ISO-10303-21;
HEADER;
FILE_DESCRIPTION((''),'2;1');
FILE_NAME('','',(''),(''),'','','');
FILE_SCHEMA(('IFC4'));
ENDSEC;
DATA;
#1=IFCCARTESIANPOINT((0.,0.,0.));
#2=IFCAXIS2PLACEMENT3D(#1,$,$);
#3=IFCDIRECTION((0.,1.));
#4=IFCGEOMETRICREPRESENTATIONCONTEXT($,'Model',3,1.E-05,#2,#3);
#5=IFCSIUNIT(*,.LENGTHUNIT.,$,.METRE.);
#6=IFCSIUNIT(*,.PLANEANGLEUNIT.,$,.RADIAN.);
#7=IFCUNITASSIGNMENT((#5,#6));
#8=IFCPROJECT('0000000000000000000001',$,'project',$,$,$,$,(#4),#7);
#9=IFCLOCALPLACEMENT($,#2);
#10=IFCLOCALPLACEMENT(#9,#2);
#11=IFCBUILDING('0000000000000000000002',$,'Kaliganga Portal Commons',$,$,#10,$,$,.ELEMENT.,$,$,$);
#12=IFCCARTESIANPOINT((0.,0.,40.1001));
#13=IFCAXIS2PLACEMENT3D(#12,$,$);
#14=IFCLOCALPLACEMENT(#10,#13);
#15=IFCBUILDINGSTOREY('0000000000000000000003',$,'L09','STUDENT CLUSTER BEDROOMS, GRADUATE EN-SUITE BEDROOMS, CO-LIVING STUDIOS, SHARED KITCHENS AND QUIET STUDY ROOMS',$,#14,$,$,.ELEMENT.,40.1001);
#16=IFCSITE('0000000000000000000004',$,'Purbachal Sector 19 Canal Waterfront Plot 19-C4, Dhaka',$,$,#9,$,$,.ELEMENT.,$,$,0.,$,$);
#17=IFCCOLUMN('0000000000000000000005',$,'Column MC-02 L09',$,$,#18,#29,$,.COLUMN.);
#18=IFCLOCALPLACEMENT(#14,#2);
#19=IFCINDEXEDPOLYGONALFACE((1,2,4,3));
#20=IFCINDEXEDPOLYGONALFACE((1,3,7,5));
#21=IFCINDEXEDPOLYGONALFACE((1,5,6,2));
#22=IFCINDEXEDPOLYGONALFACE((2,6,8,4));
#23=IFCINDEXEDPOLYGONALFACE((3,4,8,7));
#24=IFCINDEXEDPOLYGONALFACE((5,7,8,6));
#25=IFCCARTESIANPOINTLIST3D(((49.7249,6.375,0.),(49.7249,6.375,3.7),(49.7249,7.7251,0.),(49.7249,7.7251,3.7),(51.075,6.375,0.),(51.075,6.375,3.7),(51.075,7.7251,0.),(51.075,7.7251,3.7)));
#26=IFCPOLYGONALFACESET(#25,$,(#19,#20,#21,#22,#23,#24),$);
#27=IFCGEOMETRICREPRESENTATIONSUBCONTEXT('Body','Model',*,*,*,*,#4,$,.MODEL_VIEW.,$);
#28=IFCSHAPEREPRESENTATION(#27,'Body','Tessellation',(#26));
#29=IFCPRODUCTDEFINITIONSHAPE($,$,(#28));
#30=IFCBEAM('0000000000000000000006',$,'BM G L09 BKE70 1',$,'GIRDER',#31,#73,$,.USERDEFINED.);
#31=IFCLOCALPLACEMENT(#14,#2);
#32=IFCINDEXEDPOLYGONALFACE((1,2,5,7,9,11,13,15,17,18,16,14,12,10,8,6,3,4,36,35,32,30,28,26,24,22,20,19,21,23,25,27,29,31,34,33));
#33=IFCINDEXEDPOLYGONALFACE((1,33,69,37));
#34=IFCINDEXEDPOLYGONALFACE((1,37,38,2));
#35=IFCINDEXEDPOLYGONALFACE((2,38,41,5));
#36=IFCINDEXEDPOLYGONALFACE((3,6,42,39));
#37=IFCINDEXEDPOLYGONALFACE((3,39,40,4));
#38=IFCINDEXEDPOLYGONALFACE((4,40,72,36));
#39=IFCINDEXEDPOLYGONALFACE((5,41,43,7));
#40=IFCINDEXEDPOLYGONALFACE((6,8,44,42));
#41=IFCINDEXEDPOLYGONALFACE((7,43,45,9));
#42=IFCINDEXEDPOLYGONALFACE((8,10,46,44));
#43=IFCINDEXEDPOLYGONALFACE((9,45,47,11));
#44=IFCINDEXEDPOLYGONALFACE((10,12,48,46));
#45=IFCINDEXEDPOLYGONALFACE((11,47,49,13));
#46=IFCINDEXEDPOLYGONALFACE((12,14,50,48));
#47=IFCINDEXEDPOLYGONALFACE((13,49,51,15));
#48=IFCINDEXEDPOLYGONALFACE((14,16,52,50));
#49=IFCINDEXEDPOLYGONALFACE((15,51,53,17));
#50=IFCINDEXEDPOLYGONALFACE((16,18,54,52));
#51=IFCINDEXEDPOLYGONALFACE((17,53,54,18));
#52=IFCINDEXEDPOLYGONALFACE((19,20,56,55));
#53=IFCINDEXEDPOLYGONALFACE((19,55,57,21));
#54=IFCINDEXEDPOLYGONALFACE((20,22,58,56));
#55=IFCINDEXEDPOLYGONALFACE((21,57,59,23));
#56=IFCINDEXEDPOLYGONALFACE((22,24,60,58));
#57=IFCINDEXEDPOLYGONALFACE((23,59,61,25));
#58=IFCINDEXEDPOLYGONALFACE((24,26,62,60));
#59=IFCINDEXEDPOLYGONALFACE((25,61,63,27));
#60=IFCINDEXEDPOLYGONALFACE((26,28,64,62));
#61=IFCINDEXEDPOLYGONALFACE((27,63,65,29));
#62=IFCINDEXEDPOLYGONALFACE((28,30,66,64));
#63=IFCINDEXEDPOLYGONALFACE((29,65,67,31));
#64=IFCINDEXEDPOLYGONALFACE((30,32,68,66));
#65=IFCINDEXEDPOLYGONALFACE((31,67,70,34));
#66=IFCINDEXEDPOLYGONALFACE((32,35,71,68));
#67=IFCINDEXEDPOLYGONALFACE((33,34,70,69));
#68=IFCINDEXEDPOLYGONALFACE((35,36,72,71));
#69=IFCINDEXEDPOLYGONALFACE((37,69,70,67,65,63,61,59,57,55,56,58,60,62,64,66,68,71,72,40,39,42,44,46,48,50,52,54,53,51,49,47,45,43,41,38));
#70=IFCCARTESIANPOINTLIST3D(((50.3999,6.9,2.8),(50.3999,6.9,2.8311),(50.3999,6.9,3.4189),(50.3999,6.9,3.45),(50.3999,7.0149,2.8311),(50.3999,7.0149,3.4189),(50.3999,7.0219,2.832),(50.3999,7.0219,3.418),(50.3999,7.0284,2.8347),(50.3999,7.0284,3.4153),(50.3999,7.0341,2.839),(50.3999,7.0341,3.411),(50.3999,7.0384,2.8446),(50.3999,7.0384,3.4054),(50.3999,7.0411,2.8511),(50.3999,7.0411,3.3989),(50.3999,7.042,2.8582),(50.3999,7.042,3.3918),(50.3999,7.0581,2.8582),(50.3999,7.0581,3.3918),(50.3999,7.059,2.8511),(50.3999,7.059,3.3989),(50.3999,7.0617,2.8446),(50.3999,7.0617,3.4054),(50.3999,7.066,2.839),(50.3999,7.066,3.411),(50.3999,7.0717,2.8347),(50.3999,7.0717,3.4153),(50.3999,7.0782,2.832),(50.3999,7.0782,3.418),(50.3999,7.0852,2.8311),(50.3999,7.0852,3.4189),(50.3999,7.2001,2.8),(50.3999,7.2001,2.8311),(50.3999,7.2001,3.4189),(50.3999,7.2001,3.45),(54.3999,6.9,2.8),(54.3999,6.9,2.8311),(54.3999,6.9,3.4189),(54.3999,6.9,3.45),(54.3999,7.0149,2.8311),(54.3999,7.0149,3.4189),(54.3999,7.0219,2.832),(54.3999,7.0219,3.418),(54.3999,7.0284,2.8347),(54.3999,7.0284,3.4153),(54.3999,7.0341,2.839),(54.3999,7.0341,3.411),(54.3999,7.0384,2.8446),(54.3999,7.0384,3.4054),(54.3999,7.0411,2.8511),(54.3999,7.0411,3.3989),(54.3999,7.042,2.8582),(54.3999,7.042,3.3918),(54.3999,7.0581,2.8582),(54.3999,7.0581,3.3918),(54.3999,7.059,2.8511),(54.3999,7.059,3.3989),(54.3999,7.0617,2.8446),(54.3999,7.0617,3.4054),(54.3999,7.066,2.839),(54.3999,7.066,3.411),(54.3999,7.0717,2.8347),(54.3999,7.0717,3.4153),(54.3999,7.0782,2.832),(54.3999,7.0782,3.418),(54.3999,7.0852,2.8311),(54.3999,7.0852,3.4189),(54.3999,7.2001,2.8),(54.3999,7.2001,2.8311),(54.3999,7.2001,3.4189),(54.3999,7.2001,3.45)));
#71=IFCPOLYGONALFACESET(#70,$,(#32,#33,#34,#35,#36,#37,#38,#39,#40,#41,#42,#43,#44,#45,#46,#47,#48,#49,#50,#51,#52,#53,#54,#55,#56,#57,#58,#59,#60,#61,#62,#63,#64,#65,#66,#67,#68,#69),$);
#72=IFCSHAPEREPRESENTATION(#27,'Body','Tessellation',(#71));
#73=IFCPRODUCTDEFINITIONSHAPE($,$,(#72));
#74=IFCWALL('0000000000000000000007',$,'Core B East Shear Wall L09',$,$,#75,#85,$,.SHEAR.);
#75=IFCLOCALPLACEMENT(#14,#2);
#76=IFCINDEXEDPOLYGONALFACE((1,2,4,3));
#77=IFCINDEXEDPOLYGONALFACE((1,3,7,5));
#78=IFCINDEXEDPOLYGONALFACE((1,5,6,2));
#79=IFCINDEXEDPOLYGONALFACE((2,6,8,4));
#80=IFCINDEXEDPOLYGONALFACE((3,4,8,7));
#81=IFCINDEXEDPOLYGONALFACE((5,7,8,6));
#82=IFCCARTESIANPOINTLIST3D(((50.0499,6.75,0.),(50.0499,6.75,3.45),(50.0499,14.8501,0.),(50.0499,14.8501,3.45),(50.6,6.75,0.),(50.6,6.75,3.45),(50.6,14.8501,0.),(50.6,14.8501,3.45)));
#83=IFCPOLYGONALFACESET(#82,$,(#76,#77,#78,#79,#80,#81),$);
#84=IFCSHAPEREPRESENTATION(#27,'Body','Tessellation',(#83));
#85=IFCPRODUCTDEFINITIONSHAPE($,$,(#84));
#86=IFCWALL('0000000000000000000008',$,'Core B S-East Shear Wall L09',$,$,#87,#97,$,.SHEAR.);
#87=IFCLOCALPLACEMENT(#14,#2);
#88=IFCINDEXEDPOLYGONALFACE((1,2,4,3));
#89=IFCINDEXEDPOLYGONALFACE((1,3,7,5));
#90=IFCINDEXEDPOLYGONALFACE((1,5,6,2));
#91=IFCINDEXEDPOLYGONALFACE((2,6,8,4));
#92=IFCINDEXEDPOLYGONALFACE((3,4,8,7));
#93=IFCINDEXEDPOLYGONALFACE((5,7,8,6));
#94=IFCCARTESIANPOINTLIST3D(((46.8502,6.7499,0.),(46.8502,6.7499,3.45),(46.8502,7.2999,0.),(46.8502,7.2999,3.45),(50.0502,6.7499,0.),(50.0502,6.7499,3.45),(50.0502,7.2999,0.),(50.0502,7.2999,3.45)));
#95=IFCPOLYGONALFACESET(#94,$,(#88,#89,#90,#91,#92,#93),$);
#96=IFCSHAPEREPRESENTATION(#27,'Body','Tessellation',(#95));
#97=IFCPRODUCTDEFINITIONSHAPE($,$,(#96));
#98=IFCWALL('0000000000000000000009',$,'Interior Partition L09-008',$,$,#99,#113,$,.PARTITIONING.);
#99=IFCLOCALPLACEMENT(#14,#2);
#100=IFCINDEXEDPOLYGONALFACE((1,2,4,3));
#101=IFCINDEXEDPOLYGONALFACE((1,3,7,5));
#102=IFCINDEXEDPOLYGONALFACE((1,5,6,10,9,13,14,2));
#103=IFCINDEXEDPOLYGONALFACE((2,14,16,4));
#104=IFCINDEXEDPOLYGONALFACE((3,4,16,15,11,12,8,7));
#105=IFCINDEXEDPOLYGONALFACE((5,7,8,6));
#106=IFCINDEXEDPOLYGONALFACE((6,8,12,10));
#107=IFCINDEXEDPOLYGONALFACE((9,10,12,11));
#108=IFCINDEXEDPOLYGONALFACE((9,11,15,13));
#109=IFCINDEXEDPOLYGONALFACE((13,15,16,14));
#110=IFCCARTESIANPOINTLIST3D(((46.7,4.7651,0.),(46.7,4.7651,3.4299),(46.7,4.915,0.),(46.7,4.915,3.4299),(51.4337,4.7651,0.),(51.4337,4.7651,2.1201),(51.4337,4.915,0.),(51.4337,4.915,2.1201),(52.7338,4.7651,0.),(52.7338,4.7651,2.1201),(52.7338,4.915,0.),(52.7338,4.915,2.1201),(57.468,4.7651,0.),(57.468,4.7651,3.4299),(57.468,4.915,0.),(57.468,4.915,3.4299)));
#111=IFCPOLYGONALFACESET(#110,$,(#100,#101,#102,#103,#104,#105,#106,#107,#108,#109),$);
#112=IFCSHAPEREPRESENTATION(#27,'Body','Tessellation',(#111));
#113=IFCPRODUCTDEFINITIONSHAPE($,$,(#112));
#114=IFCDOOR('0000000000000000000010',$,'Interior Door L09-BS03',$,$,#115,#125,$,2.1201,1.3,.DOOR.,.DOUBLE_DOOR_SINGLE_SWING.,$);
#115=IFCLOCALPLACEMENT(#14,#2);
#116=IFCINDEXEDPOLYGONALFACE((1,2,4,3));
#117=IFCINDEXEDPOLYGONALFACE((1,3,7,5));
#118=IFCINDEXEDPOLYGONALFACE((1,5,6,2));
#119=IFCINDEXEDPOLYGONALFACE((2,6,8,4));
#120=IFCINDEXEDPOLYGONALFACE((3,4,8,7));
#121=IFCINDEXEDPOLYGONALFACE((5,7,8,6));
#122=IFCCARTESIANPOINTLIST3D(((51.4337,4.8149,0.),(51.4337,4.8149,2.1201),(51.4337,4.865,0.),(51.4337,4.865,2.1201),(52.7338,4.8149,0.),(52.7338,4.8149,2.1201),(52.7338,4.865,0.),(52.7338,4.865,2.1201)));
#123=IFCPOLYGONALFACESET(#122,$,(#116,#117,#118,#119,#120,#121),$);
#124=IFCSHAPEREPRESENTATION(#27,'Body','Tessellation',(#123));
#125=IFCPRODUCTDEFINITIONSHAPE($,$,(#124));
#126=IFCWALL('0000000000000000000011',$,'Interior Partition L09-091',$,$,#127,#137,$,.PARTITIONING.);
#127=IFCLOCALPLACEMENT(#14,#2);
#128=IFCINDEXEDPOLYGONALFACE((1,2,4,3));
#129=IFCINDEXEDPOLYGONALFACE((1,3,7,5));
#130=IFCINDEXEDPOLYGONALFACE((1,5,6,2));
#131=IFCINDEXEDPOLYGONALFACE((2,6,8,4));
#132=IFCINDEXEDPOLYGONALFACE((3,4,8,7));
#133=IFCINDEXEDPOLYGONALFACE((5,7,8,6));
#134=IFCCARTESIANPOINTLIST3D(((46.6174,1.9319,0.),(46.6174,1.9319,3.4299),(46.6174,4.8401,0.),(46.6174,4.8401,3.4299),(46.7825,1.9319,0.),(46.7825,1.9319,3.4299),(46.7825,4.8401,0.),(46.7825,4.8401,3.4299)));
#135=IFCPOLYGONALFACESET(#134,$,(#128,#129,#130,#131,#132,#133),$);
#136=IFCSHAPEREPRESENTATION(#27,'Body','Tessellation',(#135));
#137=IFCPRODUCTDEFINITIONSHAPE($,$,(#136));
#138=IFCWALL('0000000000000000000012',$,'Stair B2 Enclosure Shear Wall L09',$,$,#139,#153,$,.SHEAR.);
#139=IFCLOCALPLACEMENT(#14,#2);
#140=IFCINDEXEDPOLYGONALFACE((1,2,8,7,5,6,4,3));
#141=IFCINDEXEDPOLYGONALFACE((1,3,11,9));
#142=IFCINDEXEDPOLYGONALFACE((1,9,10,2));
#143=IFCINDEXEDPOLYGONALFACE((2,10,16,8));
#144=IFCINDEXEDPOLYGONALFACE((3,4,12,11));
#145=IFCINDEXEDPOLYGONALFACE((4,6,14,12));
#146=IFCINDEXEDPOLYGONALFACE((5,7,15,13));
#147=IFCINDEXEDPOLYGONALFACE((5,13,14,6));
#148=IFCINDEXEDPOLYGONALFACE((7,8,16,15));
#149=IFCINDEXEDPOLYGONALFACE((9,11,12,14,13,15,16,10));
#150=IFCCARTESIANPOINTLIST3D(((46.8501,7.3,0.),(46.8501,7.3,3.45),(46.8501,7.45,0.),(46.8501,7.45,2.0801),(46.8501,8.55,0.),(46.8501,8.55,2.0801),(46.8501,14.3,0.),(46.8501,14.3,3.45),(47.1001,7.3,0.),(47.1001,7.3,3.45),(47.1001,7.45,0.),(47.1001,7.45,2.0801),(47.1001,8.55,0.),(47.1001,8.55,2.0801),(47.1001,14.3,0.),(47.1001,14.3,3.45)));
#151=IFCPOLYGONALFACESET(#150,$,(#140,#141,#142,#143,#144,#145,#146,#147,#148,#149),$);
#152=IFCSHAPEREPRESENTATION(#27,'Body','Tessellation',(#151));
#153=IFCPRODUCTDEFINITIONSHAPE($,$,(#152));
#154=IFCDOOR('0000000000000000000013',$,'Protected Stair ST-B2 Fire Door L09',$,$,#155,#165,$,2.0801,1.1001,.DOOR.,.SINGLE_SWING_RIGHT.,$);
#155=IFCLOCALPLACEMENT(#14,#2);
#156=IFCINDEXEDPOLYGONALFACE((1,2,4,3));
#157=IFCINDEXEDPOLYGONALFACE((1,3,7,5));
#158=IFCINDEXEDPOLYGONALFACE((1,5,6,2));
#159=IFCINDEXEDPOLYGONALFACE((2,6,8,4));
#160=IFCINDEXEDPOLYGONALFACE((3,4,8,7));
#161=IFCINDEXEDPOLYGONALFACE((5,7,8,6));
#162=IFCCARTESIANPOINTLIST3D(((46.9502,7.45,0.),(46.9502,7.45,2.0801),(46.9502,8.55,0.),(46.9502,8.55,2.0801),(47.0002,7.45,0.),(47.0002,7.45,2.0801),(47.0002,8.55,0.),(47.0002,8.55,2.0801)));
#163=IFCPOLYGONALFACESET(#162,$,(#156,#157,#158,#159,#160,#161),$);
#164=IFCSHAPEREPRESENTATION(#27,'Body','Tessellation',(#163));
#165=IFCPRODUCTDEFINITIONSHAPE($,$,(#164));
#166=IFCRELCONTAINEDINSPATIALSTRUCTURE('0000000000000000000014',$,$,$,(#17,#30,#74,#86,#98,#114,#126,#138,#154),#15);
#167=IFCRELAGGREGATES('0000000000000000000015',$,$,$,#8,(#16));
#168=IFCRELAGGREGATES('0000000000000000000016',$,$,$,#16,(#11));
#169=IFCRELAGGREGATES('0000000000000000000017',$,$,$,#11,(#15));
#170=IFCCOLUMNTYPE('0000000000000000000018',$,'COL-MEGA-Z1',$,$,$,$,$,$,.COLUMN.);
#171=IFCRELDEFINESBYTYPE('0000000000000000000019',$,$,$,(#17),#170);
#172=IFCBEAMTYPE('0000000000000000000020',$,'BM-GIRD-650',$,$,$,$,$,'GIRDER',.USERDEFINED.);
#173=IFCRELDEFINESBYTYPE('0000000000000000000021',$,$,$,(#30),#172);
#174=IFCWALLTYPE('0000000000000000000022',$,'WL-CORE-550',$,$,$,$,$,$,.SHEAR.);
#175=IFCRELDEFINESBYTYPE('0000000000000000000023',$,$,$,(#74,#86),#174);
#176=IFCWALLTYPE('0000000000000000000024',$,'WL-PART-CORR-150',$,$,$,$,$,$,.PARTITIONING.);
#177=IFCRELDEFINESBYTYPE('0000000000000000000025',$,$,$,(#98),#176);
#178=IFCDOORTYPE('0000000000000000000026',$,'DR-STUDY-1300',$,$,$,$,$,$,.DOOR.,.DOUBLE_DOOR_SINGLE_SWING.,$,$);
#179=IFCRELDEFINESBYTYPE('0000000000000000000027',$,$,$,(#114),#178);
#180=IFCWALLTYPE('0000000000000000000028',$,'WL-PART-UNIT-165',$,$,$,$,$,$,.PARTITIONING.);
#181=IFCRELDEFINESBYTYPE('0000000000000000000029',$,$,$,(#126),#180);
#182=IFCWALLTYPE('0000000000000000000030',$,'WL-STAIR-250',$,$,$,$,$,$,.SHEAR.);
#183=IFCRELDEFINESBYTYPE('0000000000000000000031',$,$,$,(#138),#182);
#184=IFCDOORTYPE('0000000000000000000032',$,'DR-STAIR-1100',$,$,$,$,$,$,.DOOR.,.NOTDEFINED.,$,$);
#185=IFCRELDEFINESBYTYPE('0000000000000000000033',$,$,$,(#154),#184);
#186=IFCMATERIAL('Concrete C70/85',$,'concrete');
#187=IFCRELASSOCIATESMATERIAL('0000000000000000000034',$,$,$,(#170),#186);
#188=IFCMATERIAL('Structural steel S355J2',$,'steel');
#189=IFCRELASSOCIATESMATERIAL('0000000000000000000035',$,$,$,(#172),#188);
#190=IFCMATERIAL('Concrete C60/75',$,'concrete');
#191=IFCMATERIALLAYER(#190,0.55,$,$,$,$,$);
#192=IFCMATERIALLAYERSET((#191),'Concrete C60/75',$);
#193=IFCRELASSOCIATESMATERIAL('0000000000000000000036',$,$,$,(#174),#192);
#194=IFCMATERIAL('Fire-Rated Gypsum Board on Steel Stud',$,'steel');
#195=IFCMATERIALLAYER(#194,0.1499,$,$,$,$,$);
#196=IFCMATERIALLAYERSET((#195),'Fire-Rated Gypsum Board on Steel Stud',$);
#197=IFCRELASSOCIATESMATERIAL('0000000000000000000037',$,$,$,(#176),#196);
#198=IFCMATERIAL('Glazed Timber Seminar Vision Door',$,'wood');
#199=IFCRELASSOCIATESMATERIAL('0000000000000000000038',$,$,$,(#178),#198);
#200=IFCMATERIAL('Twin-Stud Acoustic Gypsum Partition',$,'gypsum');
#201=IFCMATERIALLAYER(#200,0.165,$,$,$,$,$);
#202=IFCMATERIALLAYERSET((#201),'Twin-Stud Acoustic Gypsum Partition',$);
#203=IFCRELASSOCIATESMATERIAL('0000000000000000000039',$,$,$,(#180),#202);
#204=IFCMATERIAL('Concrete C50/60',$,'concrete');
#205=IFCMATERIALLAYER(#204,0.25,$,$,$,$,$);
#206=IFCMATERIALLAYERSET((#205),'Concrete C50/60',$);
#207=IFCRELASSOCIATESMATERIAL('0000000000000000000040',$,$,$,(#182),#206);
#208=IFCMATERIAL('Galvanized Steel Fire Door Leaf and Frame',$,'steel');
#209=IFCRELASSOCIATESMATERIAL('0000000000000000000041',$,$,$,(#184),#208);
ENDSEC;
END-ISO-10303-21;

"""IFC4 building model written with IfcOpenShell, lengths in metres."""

from ifc_helpers import new_model, si_unit, direction, frame, frame_2d, origin, origin_2d, place, context, subcontext, project, spatial, rectangle, i_section, extrude, source, transform, mapped, material, layer, layer_set, material_profile, profile_set, type_object, element, fill, save


model = new_model("IFC4")

# Units and contexts
model_context = context("Model", 3, precision=1e-05, world=origin(), true_north=direction((0.0, 1.0)))
body_context = subcontext(model_context, "Body", "Model", "MODEL_VIEW")
ifc_project = project(units=[si_unit("LENGTHUNIT", "METRE"), si_unit("PLANEANGLEUNIT", "RADIAN")], contexts=[model_context])

# Site, building, storey
site_placement = place(None, origin())
site = spatial("IfcSite", under=ifc_project, at=site_placement, Name="Purbachal Sector 19 Canal Waterfront Plot 19-C4, Dhaka", CompositionType="ELEMENT", RefElevation=0.0)
building_placement = place(site_placement, origin())
building = spatial("IfcBuilding", under=site, at=building_placement, Name="Kaliganga Portal Commons", CompositionType="ELEMENT")
storey_placement = place(building_placement, frame((0.0, 0.0, 40.1001)))
storey = spatial("IfcBuildingStorey", under=building, at=storey_placement, Name="L09", Description="STUDENT CLUSTER BEDROOMS, GRADUATE EN-SUITE BEDROOMS, CO-LIVING STUDIOS, SHARED KITCHENS AND QUIET STUDY ROOMS", CompositionType="ELEMENT", Elevation=40.1001)

# Column
ifc_material_1 = material(Name="Concrete C70/85", Category="concrete")
ifc_material_profile_1 = material_profile(ifc_material_1, rectangle(XDim=1.3501, YDim=1.3501, at=origin_2d()), Name="RC 1350x1350")
ifc_profile_set_1 = profile_set([ifc_material_profile_1], Name="Concrete C70/85")
column_type = type_object("IfcColumnType", Name="COL-MEGA-Z1", PredefinedType="COLUMN", material=ifc_profile_set_1)
shared_shape_1 = source(origin(), body_context, "Body", "SweptSolid", [
    extrude(rectangle(XDim=1.3501, YDim=1.3501, at=origin_2d()), origin(), (0.0, 0.0, 1.0), 3.7),
])
column_placement = place(storey_placement, frame((50.3999, 7.05, 0.0), z_axis=(0.0, 0.0, 1.0), x_axis=(1.0, 0.0, 0.0)))
element("IfcColumn", 1, at=column_placement, inside=storey, type_object=column_type, Name="Column MC-02 L09", PredefinedType="COLUMN", context=body_context, shape_type="MappedRepresentation", body=[
    mapped(shared_shape_1, transform((0.0, 0.0, 0.0), x_axis=(1.0, 0.0, 0.0), y_axis=(0.0, 1.0, 0.0), z_axis=(0.0, 0.0, 1.0), scale=1.0)),
])

# Beam
ifc_material_2 = material(Name="Structural steel S355J2", Category="steel")
ifc_material_profile_2 = material_profile(ifc_material_2, i_section(OverallWidth=0.3, OverallDepth=0.6499, WebThickness=0.0161, FlangeThickness=0.031, FilletRadius=0.0271, at=origin_2d()), Name="HE 650 B")
ifc_profile_set_2 = profile_set([ifc_material_profile_2], Name="Structural steel S355J2 wide-flange")
beam_type = type_object("IfcBeamType", Name="BM-GIRD-650", ElementType="GIRDER", PredefinedType="USERDEFINED", material=ifc_profile_set_2)
shared_shape_2 = source(origin(), body_context, "Body", "SweptSolid", [
    extrude(i_section(OverallWidth=0.3, OverallDepth=0.6499, WebThickness=0.0161, FlangeThickness=0.031, FilletRadius=0.0271, at=origin_2d()), origin(), (0.0, 0.0, 1.0), 4.0),
])
beam_placement = place(storey_placement, frame((50.3999, 7.05, 3.125), z_axis=(1.0, 0.0, 0.0), x_axis=(0.0, 1.0, 0.0)))
element("IfcBeam", 2, at=beam_placement, inside=storey, type_object=beam_type, Name="BM G L09 BKE70 1", ObjectType="GIRDER", PredefinedType="USERDEFINED", context=body_context, shape_type="MappedRepresentation", body=[
    mapped(shared_shape_2, transform((0.0, 0.0, 0.0), x_axis=(1.0, 0.0, 0.0), y_axis=(0.0, 1.0, 0.0), z_axis=(0.0, 0.0, 1.0), scale=1.0)),
])

# Walls
ifc_material_3 = material(Name="Concrete C60/75", Category="concrete")
ifc_layer_1 = layer(ifc_material_3, 0.55)
ifc_layer_set_1 = layer_set([ifc_layer_1], Name="Concrete C60/75")
wall_type_1 = type_object("IfcWallType", Name="WL-CORE-550", PredefinedType="SHEAR", material=ifc_layer_set_1)
wall_1_placement = place(storey_placement, frame((50.325, 6.75, 0.0), z_axis=(0.0, 0.0, 1.0), x_axis=(0.0, 1.0, 0.0)))
element("IfcWall", 3, at=wall_1_placement, inside=storey, type_object=wall_type_1, Name="Core B East Shear Wall L09", PredefinedType="SHEAR", context=body_context, shape_type="SweptSolid", body=[
    extrude(rectangle(XDim=8.1001, YDim=0.55, at=frame_2d((4.05, 0.0))), origin(), (0.0, 0.0, 1.0), 3.45),
])
wall_2_placement = place(storey_placement, frame((46.8501, 7.0249, 0.0), z_axis=(0.0, 0.0, 1.0), x_axis=(1.0, 0.0, 0.0)))
element("IfcWall", 4, at=wall_2_placement, inside=storey, type_object=wall_type_1, Name="Core B S-East Shear Wall L09", PredefinedType="SHEAR", context=body_context, shape_type="SweptSolid", body=[
    extrude(rectangle(XDim=3.2, YDim=0.55, at=frame_2d((1.6001, 0.0))), origin(), (0.0, 0.0, 1.0), 3.45),
])

# Wall, opening, door
ifc_material_4 = material(Name="Fire-Rated Gypsum Board on Steel Stud", Category="steel")
ifc_layer_2 = layer(ifc_material_4, 0.1499)
ifc_layer_set_2 = layer_set([ifc_layer_2], Name="Fire-Rated Gypsum Board on Steel Stud")
wall_type_2 = type_object("IfcWallType", Name="WL-PART-CORR-150", PredefinedType="PARTITIONING", material=ifc_layer_set_2)
wall_3_placement = place(storey_placement, frame((46.7, 4.8401, 0.0), z_axis=(0.0, 0.0, 1.0), x_axis=(1.0, 0.0, 0.0)))
wall_3 = element("IfcWall", 5, at=wall_3_placement, inside=storey, type_object=wall_type_2, Name="Interior Partition L09-008", PredefinedType="PARTITIONING", context=body_context, shape_type="SweptSolid", body=[
    extrude(rectangle(XDim=10.7681, YDim=0.1499, at=frame_2d((5.384, 0.0))), origin(), (0.0, 0.0, 1.0), 3.4299),
])
opening_1_placement = place(wall_3_placement, frame((4.7339, 0.0, 0.0)))
opening_1 = element("IfcOpeningElement", 6, at=opening_1_placement, cuts=wall_3, PredefinedType="OPENING", context=body_context, shape_type="SweptSolid", body=[
    extrude(rectangle(XDim=1.3, YDim=2.1201, at=frame_2d((0.6499, 1.0601))), frame((0.0, 0.085, 0.0), z_axis=(0.0, -1.0, 0.0), x_axis=(1.0, 0.0, 0.0)), (0.0, 0.0, 1.0), 0.1699),
])
ifc_material_5 = material(Name="Glazed Timber Seminar Vision Door", Category="wood")
door_type_1 = type_object("IfcDoorType", Name="DR-STUDY-1300", OperationType="DOUBLE_DOOR_SINGLE_SWING", PredefinedType="DOOR", material=ifc_material_5)
door_1_placement = place(opening_1_placement, origin())
door_1 = element("IfcDoor", 7, at=door_1_placement, inside=storey, type_object=door_type_1, Name="Interior Door L09-BS03", OperationType="DOUBLE_DOOR_SINGLE_SWING", OverallHeight=2.1201, OverallWidth=1.3, PredefinedType="DOOR", context=body_context, shape_type="SweptSolid", body=[
    extrude(rectangle(XDim=1.3, YDim=2.1201, at=frame_2d((0.6499, 1.0601))), frame((0.0, 0.0249, 0.0), z_axis=(0.0, -1.0, 0.0), x_axis=(1.0, 0.0, 0.0)), (0.0, 0.0, 1.0), 0.05),
])
fill(opening_1, door_1)

# Wall
ifc_material_6 = material(Name="Twin-Stud Acoustic Gypsum Partition", Category="gypsum")
ifc_layer_3 = layer(ifc_material_6, 0.165)
ifc_layer_set_3 = layer_set([ifc_layer_3], Name="Twin-Stud Acoustic Gypsum Partition")
wall_type_3 = type_object("IfcWallType", Name="WL-PART-UNIT-165", PredefinedType="PARTITIONING", material=ifc_layer_set_3)
wall_4_placement = place(storey_placement, frame((46.7, 1.9319, 0.0), z_axis=(0.0, 0.0, 1.0), x_axis=(0.0, 1.0, 0.0)))
element("IfcWall", 8, at=wall_4_placement, inside=storey, type_object=wall_type_3, Name="Interior Partition L09-091", PredefinedType="PARTITIONING", context=body_context, shape_type="SweptSolid", body=[
    extrude(rectangle(XDim=2.9082, YDim=0.165, at=frame_2d((1.4541, 0.0))), origin(), (0.0, 0.0, 1.0), 3.4299),
])

# Wall, opening, door
ifc_material_7 = material(Name="Concrete C50/60", Category="concrete")
ifc_layer_4 = layer(ifc_material_7, 0.25)
ifc_layer_set_4 = layer_set([ifc_layer_4], Name="Concrete C50/60")
wall_type_4 = type_object("IfcWallType", Name="WL-STAIR-250", PredefinedType="SHEAR", material=ifc_layer_set_4)
wall_5_placement = place(storey_placement, frame((46.9751, 7.3, 0.0), z_axis=(0.0, 0.0, 1.0), x_axis=(0.0, 1.0, 0.0)))
wall_5 = element("IfcWall", 9, at=wall_5_placement, inside=storey, type_object=wall_type_4, Name="Stair B2 Enclosure Shear Wall L09", PredefinedType="SHEAR", context=body_context, shape_type="SweptSolid", body=[
    extrude(rectangle(XDim=7.0, YDim=0.25, at=frame_2d((3.5, 0.0))), origin(), (0.0, 0.0, 1.0), 3.45),
])
opening_2_placement = place(wall_5_placement, frame((0.1499, 0.0, 0.0)))
opening_2 = element("IfcOpeningElement", 10, at=opening_2_placement, cuts=wall_5, PredefinedType="OPENING", context=body_context, shape_type="SweptSolid", body=[
    extrude(rectangle(XDim=1.1001, YDim=2.0801, at=frame_2d((0.55, 1.04))), frame((0.0, 0.135, 0.0), z_axis=(0.0, -1.0, 0.0), x_axis=(1.0, 0.0, 0.0)), (0.0, 0.0, 1.0), 0.27),
])
ifc_material_8 = material(Name="Galvanized Steel Fire Door Leaf and Frame", Category="steel")
door_type_2 = type_object("IfcDoorType", Name="DR-STAIR-1100", OperationType="NOTDEFINED", PredefinedType="DOOR", material=ifc_material_8)
door_2_placement = place(opening_2_placement, origin())
door_2 = element("IfcDoor", 11, at=door_2_placement, inside=storey, type_object=door_type_2, Name="Protected Stair ST-B2 Fire Door L09", OperationType="SINGLE_SWING_RIGHT", OverallHeight=2.0801, OverallWidth=1.1001, PredefinedType="DOOR", context=body_context, shape_type="SweptSolid", body=[
    extrude(rectangle(XDim=1.1001, YDim=2.0801, at=frame_2d((0.55, 1.04))), frame((0.0, 0.0249, 0.0), z_axis=(0.0, -1.0, 0.0), x_axis=(1.0, 0.0, 0.0)), (0.0, 0.0, 1.0), 0.05),
])
fill(opening_2, door_2)

save(model, "model.ifc")
